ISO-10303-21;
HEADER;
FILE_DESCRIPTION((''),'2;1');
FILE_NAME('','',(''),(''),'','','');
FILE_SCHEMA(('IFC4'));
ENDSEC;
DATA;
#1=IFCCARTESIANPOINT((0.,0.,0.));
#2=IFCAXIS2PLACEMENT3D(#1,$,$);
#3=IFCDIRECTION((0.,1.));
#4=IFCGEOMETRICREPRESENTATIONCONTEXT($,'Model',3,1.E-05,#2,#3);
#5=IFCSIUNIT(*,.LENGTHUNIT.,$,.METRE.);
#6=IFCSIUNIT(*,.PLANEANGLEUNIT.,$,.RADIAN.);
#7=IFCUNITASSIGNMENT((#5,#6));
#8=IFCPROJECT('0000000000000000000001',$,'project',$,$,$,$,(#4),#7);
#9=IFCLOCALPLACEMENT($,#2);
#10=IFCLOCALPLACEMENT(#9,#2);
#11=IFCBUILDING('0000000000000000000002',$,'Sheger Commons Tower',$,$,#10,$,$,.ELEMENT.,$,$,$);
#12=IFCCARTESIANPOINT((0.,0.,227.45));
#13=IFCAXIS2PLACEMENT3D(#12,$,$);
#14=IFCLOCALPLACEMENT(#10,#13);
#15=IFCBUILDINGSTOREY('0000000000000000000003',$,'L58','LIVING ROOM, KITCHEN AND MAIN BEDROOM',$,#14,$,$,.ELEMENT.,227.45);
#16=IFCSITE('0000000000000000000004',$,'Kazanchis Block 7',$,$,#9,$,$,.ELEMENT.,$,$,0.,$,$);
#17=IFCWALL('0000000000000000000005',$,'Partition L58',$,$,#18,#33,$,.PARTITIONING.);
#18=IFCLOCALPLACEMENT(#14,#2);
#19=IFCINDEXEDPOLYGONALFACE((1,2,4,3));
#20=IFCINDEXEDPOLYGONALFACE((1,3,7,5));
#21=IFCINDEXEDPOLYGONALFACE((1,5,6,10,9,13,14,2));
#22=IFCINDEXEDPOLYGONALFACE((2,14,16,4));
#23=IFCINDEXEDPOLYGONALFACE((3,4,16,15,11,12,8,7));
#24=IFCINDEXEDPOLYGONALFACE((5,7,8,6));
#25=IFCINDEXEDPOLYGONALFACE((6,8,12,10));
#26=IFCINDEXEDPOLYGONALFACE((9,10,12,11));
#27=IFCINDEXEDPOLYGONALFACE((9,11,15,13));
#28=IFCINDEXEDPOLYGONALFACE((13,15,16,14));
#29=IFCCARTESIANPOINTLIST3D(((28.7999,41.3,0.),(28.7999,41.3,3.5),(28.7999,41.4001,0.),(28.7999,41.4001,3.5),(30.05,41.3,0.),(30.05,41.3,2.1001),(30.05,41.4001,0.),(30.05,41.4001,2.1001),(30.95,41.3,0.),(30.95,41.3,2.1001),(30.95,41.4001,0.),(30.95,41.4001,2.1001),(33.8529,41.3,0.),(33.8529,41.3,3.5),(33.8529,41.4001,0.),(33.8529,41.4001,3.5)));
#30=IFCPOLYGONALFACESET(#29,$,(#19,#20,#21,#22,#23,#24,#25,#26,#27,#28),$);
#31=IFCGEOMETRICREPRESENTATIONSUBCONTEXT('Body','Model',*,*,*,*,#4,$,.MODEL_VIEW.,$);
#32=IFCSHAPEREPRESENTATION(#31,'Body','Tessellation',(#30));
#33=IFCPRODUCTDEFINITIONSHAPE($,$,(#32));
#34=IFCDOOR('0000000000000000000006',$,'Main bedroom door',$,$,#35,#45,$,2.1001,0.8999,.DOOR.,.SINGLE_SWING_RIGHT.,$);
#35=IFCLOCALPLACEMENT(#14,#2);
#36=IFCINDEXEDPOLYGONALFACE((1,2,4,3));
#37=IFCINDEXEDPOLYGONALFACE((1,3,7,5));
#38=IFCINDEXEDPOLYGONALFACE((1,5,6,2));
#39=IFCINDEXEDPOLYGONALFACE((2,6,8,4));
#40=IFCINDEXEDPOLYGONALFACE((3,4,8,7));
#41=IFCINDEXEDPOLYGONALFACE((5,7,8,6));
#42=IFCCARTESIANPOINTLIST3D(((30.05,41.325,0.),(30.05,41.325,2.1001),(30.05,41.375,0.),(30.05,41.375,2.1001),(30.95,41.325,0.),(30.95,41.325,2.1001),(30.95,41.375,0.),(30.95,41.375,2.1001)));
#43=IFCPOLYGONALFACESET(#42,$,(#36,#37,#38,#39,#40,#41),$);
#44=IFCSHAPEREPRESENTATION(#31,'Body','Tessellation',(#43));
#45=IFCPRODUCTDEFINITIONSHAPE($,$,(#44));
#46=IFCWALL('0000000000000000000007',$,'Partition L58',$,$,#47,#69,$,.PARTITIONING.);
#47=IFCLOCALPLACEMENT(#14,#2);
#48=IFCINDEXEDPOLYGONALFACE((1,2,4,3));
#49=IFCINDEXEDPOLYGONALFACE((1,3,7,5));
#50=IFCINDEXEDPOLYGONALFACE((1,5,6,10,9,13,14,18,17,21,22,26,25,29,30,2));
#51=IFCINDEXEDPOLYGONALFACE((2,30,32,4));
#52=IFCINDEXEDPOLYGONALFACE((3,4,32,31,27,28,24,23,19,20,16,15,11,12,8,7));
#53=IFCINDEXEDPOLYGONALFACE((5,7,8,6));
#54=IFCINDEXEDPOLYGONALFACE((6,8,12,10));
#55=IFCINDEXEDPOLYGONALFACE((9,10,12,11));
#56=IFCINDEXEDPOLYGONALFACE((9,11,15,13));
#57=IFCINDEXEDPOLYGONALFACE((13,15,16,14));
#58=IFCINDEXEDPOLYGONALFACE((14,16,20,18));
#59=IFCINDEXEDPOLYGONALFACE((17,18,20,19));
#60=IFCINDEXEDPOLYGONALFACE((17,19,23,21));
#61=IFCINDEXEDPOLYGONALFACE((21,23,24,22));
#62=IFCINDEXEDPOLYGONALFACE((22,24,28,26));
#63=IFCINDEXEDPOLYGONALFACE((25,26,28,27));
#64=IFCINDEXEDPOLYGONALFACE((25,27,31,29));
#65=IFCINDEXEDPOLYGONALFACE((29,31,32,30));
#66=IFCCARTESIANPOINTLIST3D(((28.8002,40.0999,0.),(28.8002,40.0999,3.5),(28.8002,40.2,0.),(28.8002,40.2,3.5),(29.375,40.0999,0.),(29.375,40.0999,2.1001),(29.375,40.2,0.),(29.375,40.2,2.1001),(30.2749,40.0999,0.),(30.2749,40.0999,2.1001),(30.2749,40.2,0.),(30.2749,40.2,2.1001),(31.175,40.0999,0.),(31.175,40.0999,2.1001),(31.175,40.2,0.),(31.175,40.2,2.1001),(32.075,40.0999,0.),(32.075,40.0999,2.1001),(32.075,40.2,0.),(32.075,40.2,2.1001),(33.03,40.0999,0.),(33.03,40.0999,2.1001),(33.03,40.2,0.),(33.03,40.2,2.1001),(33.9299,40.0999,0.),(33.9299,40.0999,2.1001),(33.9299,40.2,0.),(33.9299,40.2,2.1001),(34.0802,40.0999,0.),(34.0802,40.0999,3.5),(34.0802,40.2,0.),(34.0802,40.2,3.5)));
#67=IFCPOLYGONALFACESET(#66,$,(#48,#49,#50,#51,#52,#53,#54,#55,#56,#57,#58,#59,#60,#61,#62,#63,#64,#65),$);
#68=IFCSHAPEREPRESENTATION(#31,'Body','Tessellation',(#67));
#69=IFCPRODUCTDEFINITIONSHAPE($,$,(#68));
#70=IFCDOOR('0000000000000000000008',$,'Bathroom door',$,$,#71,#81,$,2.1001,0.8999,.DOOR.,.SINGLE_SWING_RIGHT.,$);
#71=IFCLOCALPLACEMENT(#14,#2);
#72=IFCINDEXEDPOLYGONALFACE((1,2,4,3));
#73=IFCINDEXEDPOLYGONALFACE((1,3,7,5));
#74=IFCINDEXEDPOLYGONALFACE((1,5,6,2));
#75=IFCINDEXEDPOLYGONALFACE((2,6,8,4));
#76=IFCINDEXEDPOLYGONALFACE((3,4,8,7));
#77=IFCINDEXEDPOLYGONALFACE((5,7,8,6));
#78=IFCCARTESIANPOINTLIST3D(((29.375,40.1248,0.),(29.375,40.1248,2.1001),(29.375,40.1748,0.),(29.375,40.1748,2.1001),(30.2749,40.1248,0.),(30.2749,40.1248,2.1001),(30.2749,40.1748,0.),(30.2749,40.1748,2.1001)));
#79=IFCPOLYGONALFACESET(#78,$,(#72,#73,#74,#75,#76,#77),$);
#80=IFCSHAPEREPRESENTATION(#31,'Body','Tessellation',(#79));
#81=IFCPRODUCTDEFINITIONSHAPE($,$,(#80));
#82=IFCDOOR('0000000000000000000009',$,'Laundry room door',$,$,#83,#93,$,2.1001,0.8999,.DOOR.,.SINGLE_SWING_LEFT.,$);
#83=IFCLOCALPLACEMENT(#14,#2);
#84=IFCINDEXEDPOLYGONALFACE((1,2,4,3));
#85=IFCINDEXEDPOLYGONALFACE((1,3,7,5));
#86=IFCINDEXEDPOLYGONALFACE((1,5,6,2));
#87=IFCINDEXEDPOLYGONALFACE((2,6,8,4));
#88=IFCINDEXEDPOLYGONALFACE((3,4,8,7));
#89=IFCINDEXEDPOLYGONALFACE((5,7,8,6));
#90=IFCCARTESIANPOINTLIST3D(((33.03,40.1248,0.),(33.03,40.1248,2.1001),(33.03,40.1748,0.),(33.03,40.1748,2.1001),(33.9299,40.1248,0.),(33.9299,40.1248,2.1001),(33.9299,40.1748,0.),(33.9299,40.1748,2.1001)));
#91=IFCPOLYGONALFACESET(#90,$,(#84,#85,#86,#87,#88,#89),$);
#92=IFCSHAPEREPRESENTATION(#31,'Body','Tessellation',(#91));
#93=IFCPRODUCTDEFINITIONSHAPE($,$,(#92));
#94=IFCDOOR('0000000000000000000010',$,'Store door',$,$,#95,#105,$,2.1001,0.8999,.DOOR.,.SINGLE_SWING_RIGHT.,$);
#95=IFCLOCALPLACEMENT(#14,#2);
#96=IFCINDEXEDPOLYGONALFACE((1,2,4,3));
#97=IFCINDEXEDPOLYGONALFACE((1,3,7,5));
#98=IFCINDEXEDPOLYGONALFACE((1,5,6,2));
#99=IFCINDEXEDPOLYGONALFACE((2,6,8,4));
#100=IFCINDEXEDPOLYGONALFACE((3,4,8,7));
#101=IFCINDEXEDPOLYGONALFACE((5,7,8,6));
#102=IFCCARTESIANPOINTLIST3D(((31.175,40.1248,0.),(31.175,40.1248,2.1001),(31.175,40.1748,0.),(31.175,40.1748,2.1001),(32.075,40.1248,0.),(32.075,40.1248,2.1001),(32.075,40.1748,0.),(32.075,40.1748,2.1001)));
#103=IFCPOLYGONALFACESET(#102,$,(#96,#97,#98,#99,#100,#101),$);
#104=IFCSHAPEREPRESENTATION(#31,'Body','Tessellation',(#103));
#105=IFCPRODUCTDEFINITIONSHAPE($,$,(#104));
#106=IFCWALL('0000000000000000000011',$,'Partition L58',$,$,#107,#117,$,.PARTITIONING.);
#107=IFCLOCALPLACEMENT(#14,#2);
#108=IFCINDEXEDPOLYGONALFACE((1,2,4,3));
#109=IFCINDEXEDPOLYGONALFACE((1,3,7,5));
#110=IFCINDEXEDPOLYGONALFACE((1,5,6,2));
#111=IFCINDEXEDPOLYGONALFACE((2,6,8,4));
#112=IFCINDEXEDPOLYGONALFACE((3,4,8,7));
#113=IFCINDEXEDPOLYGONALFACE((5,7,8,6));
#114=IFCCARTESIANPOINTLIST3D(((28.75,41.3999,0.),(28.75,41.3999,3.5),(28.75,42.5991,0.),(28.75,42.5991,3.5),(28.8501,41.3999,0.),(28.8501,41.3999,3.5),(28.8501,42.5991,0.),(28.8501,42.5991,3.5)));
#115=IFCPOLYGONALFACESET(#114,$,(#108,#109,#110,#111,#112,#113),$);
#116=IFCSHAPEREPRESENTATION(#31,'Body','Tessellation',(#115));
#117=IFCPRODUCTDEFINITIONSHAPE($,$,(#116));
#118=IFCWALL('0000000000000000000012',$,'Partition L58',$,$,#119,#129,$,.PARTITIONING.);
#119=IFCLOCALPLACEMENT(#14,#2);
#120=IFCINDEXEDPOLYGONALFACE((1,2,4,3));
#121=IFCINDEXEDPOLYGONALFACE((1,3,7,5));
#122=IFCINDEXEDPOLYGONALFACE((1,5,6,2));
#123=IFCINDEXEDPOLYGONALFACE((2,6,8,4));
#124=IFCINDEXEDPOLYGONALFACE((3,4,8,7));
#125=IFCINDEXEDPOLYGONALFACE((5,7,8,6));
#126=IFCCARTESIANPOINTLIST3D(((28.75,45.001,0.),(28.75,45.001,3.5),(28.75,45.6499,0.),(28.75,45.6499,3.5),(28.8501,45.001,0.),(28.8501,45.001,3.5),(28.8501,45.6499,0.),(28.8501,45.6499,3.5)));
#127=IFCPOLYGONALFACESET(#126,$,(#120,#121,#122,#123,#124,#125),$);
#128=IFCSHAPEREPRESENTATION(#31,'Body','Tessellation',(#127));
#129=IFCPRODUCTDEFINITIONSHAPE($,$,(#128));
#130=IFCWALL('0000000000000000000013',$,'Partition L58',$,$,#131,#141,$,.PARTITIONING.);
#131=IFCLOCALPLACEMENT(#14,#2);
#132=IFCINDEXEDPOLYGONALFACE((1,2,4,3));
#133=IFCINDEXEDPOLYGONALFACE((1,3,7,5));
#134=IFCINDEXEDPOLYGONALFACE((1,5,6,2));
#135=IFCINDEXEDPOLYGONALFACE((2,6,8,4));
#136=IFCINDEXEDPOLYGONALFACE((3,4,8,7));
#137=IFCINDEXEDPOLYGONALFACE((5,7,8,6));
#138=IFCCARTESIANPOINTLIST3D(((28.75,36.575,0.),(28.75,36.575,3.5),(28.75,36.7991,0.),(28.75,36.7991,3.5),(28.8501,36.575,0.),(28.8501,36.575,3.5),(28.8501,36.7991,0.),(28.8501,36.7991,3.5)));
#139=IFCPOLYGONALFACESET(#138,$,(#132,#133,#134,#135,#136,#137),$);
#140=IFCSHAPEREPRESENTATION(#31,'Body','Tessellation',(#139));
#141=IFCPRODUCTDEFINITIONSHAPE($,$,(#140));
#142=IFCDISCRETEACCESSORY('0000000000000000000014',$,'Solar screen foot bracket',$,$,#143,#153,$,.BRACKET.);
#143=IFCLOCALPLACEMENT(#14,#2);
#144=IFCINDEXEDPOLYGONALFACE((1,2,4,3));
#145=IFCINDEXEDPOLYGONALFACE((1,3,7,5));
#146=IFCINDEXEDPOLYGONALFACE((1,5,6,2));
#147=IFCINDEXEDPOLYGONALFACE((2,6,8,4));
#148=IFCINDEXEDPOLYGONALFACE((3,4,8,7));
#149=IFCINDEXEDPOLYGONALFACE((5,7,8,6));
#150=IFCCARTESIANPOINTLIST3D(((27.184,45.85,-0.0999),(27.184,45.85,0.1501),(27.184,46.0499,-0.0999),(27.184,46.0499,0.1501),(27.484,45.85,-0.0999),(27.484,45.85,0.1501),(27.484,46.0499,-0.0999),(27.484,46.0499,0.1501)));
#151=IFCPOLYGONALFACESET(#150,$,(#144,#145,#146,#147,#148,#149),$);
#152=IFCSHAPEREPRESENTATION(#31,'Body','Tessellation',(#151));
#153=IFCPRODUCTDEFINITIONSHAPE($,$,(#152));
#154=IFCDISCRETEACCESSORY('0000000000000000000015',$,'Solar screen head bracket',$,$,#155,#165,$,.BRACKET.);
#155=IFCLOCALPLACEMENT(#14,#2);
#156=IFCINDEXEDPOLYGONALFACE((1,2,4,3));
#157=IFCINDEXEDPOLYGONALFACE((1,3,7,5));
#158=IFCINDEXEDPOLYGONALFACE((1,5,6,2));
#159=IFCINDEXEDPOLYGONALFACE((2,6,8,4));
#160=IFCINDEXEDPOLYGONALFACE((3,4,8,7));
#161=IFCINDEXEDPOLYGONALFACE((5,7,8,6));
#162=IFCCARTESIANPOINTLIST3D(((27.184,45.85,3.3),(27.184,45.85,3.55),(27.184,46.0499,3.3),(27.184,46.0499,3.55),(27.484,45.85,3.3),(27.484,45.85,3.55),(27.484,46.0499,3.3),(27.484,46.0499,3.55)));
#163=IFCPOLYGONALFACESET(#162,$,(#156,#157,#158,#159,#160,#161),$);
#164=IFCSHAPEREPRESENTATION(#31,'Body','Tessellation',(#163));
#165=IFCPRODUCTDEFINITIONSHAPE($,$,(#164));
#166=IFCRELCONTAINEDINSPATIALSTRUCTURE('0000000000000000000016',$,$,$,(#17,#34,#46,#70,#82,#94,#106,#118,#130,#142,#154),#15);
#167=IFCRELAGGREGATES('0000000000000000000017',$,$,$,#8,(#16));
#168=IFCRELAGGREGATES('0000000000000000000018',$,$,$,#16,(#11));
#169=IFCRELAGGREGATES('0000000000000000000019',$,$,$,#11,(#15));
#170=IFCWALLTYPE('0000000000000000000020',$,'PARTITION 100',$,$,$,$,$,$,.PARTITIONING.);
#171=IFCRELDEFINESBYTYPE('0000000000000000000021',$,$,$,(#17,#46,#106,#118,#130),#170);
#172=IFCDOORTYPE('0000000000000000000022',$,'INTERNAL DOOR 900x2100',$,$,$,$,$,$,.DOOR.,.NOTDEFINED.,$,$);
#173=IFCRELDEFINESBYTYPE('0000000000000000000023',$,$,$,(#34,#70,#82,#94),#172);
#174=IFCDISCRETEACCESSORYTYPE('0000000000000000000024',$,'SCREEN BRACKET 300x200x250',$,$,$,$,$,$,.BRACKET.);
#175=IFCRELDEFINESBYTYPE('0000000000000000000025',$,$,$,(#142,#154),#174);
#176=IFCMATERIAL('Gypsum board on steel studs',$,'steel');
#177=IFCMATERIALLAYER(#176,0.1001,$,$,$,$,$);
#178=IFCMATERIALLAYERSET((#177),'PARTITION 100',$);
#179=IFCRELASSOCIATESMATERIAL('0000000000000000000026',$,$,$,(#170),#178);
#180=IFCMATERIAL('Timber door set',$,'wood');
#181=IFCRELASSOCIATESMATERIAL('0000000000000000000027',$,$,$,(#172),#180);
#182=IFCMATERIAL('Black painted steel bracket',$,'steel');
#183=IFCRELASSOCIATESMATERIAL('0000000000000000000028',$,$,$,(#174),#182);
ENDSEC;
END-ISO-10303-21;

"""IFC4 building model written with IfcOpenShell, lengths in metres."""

from ifc_helpers import new_model, si_unit, direction, frame, frame_2d, origin, origin_2d, place, context, subcontext, project, spatial, rectangle, extrude, material, layer, layer_set, type_object, element, fill, save


model = new_model("IFC4")

# Units and contexts
model_context = context("Model", 3, precision=1e-05, world=origin(), true_north=direction((0.0, 1.0)))
body_context = subcontext(model_context, "Body", "Model", "MODEL_VIEW")
ifc_project = project(units=[si_unit("LENGTHUNIT", "METRE"), si_unit("PLANEANGLEUNIT", "RADIAN")], contexts=[model_context])

# Site, building, storey
site_placement = place(None, origin())
site = spatial("IfcSite", under=ifc_project, at=site_placement, Name="Kazanchis Block 7", CompositionType="ELEMENT", RefElevation=0.0)
building_placement = place(site_placement, origin())
building = spatial("IfcBuilding", under=site, at=building_placement, Name="Sheger Commons Tower", CompositionType="ELEMENT")
storey_placement = place(building_placement, frame((0.0, 0.0, 227.45)))
storey = spatial("IfcBuildingStorey", under=building, at=storey_placement, Name="L58", Description="LIVING ROOM, KITCHEN AND MAIN BEDROOM", CompositionType="ELEMENT", Elevation=227.45)

# Shared definitions
ifc_material_1 = material(Name="Gypsum board on steel studs", Category="steel")
ifc_layer_1 = layer(ifc_material_1, 0.1001)
ifc_layer_set_1 = layer_set([ifc_layer_1], Name="PARTITION 100")
wall_type_1 = type_object("IfcWallType", Name="PARTITION 100", PredefinedType="PARTITIONING", material=ifc_layer_set_1)
ifc_material_2 = material(Name="Timber door set", Category="wood")
door_type = type_object("IfcDoorType", Name="INTERNAL DOOR 900x2100", OperationType="NOTDEFINED", PredefinedType="DOOR", material=ifc_material_2)

# Wall, opening, door
wall_1_placement = place(storey_placement, frame((28.8, 41.3501, 0.0), z_axis=(0.0, 0.0, 1.0), x_axis=(1.0, 0.0, 0.0)))
wall_1 = element("IfcWall", 1, at=wall_1_placement, inside=storey, type_object=wall_type_1, Name="Partition L58", PredefinedType="PARTITIONING", context=body_context, shape_type="SweptSolid", body=[
    extrude(rectangle(XDim=5.053, YDim=0.1001, at=frame_2d((2.5264, 0.0))), origin(), (0.0, 0.0, 1.0), 3.5),
])
opening_1_placement = place(wall_1_placement, frame((1.25, 0.0, 0.0)))
opening_1 = element("IfcOpeningElement", 2, at=opening_1_placement, cuts=wall_1, PredefinedType="OPENING", context=body_context, shape_type="SweptSolid", body=[
    extrude(rectangle(XDim=0.8999, YDim=2.1001, at=frame_2d((0.45, 1.05))), frame((0.0, 0.0601, 0.0), z_axis=(0.0, -1.0, 0.0), x_axis=(1.0, 0.0, 0.0)), (0.0, 0.0, 1.0), 0.1201),
])
door_1_placement = place(opening_1_placement, origin())
door_1 = element("IfcDoor", 3, at=door_1_placement, inside=storey, type_object=door_type, Name="Main bedroom door", OperationType="SINGLE_SWING_RIGHT", OverallHeight=2.1001, OverallWidth=0.8999, PredefinedType="DOOR", context=body_context, shape_type="SweptSolid", body=[
    extrude(rectangle(XDim=0.8999, YDim=2.1001, at=frame_2d((0.45, 1.05))), frame((0.0, 0.0249, 0.0), z_axis=(0.0, -1.0, 0.0), x_axis=(1.0, 0.0, 0.0)), (0.0, 0.0, 1.0), 0.05),
])
fill(opening_1, door_1)

# Wall, openings, doors
wall_2_placement = place(storey_placement, frame((28.8, 40.1499, 0.0), z_axis=(0.0, 0.0, 1.0), x_axis=(1.0, 0.0, 0.0)))
wall_2 = element("IfcWall", 4, at=wall_2_placement, inside=storey, type_object=wall_type_1, Name="Partition L58", PredefinedType="PARTITIONING", context=body_context, shape_type="SweptSolid", body=[
    extrude(rectangle(XDim=5.28, YDim=0.1001, at=frame_2d((2.6401, 0.0))), origin(), (0.0, 0.0, 1.0), 3.5),
])
opening_2_placement = place(wall_2_placement, frame((0.575, 0.0, 0.0)))
opening_2 = element("IfcOpeningElement", 5, at=opening_2_placement, cuts=wall_2, PredefinedType="OPENING", context=body_context, shape_type="SweptSolid", body=[
    extrude(rectangle(XDim=0.8999, YDim=2.1001, at=frame_2d((0.45, 1.05))), frame((0.0, 0.0601, 0.0), z_axis=(0.0, -1.0, 0.0), x_axis=(1.0, 0.0, 0.0)), (0.0, 0.0, 1.0), 0.1201),
])
opening_3_placement = place(wall_2_placement, frame((4.23, 0.0, 0.0)))
opening_3 = element("IfcOpeningElement", 6, at=opening_3_placement, cuts=wall_2, PredefinedType="OPENING", context=body_context, shape_type="SweptSolid", body=[
    extrude(rectangle(XDim=0.8999, YDim=2.1001, at=frame_2d((0.45, 1.05))), frame((0.0, 0.0601, 0.0), z_axis=(0.0, -1.0, 0.0), x_axis=(1.0, 0.0, 0.0)), (0.0, 0.0, 1.0), 0.1201),
])
opening_4_placement = place(wall_2_placement, frame((2.375, 0.0, 0.0)))
opening_4 = element("IfcOpeningElement", 7, at=opening_4_placement, cuts=wall_2, PredefinedType="OPENING", context=body_context, shape_type="SweptSolid", body=[
    extrude(rectangle(XDim=0.8999, YDim=2.1001, at=frame_2d((0.45, 1.05))), frame((0.0, 0.0601, 0.0), z_axis=(0.0, -1.0, 0.0), x_axis=(1.0, 0.0, 0.0)), (0.0, 0.0, 1.0), 0.1201),
])
door_2_placement = place(opening_2_placement, origin())
door_2 = element("IfcDoor", 8, at=door_2_placement, inside=storey, type_object=door_type, Name="Bathroom door", OperationType="SINGLE_SWING_RIGHT", OverallHeight=2.1001, OverallWidth=0.8999, PredefinedType="DOOR", context=body_context, shape_type="SweptSolid", body=[
    extrude(rectangle(XDim=0.8999, YDim=2.1001, at=frame_2d((0.45, 1.05))), frame((0.0, 0.0249, 0.0), z_axis=(0.0, -1.0, 0.0), x_axis=(1.0, 0.0, 0.0)), (0.0, 0.0, 1.0), 0.05),
])
fill(opening_2, door_2)
door_3_placement = place(opening_3_placement, origin())
door_3 = element("IfcDoor", 9, at=door_3_placement, inside=storey, type_object=door_type, Name="Laundry room door", OperationType="SINGLE_SWING_LEFT", OverallHeight=2.1001, OverallWidth=0.8999, PredefinedType="DOOR", context=body_context, shape_type="SweptSolid", body=[
    extrude(rectangle(XDim=0.8999, YDim=2.1001, at=frame_2d((0.45, 1.05))), frame((0.0, 0.0249, 0.0), z_axis=(0.0, -1.0, 0.0), x_axis=(1.0, 0.0, 0.0)), (0.0, 0.0, 1.0), 0.05),
])
fill(opening_3, door_3)
door_4_placement = place(opening_4_placement, origin())
door_4 = element("IfcDoor", 10, at=door_4_placement, inside=storey, type_object=door_type, Name="Store door", OperationType="SINGLE_SWING_RIGHT", OverallHeight=2.1001, OverallWidth=0.8999, PredefinedType="DOOR", context=body_context, shape_type="SweptSolid", body=[
    extrude(rectangle(XDim=0.8999, YDim=2.1001, at=frame_2d((0.45, 1.05))), frame((0.0, 0.0249, 0.0), z_axis=(0.0, -1.0, 0.0), x_axis=(1.0, 0.0, 0.0)), (0.0, 0.0, 1.0), 0.05),
])
fill(opening_4, door_4)

# Walls
wall_3_placement = place(storey_placement, frame((28.8, 41.3999, 0.0), z_axis=(0.0, 0.0, 1.0), x_axis=(0.0, 1.0, 0.0)))
element("IfcWall", 11, at=wall_3_placement, inside=storey, type_object=wall_type_1, Name="Partition L58", PredefinedType="PARTITIONING", context=body_context, shape_type="SweptSolid", body=[
    extrude(rectangle(XDim=1.1992, YDim=0.1001, at=frame_2d((0.5996, 0.0))), origin(), (0.0, 0.0, 1.0), 3.5),
])
wall_4_placement = place(storey_placement, frame((28.8, 45.001, 0.0), z_axis=(0.0, 0.0, 1.0), x_axis=(0.0, 1.0, 0.0)))
element("IfcWall", 12, at=wall_4_placement, inside=storey, type_object=wall_type_1, Name="Partition L58", PredefinedType="PARTITIONING", context=body_context, shape_type="SweptSolid", body=[
    extrude(rectangle(XDim=0.6489, YDim=0.1001, at=frame_2d((0.3245, 0.0))), origin(), (0.0, 0.0, 1.0), 3.5),
])
wall_5_placement = place(storey_placement, frame((28.8, 36.575, 0.0), z_axis=(0.0, 0.0, 1.0), x_axis=(0.0, 1.0, 0.0)))
element("IfcWall", 13, at=wall_5_placement, inside=storey, type_object=wall_type_1, Name="Partition L58", PredefinedType="PARTITIONING", context=body_context, shape_type="SweptSolid", body=[
    extrude(rectangle(XDim=0.2241, YDim=0.1001, at=frame_2d((0.1121, 0.0))), origin(), (0.0, 0.0, 1.0), 3.5),
])

# Discrete accessories
ifc_material_3 = material(Name="Black painted steel bracket", Category="steel")
discrete_accessory_type = type_object("IfcDiscreteAccessoryType", Name="SCREEN BRACKET 300x200x250", PredefinedType="BRACKET", material=ifc_material_3)
for number, where, z_axis, x_axis, name in (
    (14, (27.334, 45.95, -0.0999), (0.0, 0.0, 1.0), (-1.0, 0.0, 0.0), "Solar screen foot bracket"),
    (15, (27.334, 45.95, 3.3), (0.0, 0.0, 1.0), (-1.0, 0.0, 0.0), "Solar screen head bracket"),
):
    element("IfcDiscreteAccessory", number, at=place(storey_placement, frame(where, z_axis=z_axis, x_axis=x_axis)), inside=storey, type_object=discrete_accessory_type, Name=name, PredefinedType="BRACKET", context=body_context, shape_type="SweptSolid", body=[
        extrude(rectangle(XDim=0.3, YDim=0.2, at=origin_2d()), origin(), (0.0, 0.0, 1.0), 0.25),
    ])

save(model, "model.ifc")
